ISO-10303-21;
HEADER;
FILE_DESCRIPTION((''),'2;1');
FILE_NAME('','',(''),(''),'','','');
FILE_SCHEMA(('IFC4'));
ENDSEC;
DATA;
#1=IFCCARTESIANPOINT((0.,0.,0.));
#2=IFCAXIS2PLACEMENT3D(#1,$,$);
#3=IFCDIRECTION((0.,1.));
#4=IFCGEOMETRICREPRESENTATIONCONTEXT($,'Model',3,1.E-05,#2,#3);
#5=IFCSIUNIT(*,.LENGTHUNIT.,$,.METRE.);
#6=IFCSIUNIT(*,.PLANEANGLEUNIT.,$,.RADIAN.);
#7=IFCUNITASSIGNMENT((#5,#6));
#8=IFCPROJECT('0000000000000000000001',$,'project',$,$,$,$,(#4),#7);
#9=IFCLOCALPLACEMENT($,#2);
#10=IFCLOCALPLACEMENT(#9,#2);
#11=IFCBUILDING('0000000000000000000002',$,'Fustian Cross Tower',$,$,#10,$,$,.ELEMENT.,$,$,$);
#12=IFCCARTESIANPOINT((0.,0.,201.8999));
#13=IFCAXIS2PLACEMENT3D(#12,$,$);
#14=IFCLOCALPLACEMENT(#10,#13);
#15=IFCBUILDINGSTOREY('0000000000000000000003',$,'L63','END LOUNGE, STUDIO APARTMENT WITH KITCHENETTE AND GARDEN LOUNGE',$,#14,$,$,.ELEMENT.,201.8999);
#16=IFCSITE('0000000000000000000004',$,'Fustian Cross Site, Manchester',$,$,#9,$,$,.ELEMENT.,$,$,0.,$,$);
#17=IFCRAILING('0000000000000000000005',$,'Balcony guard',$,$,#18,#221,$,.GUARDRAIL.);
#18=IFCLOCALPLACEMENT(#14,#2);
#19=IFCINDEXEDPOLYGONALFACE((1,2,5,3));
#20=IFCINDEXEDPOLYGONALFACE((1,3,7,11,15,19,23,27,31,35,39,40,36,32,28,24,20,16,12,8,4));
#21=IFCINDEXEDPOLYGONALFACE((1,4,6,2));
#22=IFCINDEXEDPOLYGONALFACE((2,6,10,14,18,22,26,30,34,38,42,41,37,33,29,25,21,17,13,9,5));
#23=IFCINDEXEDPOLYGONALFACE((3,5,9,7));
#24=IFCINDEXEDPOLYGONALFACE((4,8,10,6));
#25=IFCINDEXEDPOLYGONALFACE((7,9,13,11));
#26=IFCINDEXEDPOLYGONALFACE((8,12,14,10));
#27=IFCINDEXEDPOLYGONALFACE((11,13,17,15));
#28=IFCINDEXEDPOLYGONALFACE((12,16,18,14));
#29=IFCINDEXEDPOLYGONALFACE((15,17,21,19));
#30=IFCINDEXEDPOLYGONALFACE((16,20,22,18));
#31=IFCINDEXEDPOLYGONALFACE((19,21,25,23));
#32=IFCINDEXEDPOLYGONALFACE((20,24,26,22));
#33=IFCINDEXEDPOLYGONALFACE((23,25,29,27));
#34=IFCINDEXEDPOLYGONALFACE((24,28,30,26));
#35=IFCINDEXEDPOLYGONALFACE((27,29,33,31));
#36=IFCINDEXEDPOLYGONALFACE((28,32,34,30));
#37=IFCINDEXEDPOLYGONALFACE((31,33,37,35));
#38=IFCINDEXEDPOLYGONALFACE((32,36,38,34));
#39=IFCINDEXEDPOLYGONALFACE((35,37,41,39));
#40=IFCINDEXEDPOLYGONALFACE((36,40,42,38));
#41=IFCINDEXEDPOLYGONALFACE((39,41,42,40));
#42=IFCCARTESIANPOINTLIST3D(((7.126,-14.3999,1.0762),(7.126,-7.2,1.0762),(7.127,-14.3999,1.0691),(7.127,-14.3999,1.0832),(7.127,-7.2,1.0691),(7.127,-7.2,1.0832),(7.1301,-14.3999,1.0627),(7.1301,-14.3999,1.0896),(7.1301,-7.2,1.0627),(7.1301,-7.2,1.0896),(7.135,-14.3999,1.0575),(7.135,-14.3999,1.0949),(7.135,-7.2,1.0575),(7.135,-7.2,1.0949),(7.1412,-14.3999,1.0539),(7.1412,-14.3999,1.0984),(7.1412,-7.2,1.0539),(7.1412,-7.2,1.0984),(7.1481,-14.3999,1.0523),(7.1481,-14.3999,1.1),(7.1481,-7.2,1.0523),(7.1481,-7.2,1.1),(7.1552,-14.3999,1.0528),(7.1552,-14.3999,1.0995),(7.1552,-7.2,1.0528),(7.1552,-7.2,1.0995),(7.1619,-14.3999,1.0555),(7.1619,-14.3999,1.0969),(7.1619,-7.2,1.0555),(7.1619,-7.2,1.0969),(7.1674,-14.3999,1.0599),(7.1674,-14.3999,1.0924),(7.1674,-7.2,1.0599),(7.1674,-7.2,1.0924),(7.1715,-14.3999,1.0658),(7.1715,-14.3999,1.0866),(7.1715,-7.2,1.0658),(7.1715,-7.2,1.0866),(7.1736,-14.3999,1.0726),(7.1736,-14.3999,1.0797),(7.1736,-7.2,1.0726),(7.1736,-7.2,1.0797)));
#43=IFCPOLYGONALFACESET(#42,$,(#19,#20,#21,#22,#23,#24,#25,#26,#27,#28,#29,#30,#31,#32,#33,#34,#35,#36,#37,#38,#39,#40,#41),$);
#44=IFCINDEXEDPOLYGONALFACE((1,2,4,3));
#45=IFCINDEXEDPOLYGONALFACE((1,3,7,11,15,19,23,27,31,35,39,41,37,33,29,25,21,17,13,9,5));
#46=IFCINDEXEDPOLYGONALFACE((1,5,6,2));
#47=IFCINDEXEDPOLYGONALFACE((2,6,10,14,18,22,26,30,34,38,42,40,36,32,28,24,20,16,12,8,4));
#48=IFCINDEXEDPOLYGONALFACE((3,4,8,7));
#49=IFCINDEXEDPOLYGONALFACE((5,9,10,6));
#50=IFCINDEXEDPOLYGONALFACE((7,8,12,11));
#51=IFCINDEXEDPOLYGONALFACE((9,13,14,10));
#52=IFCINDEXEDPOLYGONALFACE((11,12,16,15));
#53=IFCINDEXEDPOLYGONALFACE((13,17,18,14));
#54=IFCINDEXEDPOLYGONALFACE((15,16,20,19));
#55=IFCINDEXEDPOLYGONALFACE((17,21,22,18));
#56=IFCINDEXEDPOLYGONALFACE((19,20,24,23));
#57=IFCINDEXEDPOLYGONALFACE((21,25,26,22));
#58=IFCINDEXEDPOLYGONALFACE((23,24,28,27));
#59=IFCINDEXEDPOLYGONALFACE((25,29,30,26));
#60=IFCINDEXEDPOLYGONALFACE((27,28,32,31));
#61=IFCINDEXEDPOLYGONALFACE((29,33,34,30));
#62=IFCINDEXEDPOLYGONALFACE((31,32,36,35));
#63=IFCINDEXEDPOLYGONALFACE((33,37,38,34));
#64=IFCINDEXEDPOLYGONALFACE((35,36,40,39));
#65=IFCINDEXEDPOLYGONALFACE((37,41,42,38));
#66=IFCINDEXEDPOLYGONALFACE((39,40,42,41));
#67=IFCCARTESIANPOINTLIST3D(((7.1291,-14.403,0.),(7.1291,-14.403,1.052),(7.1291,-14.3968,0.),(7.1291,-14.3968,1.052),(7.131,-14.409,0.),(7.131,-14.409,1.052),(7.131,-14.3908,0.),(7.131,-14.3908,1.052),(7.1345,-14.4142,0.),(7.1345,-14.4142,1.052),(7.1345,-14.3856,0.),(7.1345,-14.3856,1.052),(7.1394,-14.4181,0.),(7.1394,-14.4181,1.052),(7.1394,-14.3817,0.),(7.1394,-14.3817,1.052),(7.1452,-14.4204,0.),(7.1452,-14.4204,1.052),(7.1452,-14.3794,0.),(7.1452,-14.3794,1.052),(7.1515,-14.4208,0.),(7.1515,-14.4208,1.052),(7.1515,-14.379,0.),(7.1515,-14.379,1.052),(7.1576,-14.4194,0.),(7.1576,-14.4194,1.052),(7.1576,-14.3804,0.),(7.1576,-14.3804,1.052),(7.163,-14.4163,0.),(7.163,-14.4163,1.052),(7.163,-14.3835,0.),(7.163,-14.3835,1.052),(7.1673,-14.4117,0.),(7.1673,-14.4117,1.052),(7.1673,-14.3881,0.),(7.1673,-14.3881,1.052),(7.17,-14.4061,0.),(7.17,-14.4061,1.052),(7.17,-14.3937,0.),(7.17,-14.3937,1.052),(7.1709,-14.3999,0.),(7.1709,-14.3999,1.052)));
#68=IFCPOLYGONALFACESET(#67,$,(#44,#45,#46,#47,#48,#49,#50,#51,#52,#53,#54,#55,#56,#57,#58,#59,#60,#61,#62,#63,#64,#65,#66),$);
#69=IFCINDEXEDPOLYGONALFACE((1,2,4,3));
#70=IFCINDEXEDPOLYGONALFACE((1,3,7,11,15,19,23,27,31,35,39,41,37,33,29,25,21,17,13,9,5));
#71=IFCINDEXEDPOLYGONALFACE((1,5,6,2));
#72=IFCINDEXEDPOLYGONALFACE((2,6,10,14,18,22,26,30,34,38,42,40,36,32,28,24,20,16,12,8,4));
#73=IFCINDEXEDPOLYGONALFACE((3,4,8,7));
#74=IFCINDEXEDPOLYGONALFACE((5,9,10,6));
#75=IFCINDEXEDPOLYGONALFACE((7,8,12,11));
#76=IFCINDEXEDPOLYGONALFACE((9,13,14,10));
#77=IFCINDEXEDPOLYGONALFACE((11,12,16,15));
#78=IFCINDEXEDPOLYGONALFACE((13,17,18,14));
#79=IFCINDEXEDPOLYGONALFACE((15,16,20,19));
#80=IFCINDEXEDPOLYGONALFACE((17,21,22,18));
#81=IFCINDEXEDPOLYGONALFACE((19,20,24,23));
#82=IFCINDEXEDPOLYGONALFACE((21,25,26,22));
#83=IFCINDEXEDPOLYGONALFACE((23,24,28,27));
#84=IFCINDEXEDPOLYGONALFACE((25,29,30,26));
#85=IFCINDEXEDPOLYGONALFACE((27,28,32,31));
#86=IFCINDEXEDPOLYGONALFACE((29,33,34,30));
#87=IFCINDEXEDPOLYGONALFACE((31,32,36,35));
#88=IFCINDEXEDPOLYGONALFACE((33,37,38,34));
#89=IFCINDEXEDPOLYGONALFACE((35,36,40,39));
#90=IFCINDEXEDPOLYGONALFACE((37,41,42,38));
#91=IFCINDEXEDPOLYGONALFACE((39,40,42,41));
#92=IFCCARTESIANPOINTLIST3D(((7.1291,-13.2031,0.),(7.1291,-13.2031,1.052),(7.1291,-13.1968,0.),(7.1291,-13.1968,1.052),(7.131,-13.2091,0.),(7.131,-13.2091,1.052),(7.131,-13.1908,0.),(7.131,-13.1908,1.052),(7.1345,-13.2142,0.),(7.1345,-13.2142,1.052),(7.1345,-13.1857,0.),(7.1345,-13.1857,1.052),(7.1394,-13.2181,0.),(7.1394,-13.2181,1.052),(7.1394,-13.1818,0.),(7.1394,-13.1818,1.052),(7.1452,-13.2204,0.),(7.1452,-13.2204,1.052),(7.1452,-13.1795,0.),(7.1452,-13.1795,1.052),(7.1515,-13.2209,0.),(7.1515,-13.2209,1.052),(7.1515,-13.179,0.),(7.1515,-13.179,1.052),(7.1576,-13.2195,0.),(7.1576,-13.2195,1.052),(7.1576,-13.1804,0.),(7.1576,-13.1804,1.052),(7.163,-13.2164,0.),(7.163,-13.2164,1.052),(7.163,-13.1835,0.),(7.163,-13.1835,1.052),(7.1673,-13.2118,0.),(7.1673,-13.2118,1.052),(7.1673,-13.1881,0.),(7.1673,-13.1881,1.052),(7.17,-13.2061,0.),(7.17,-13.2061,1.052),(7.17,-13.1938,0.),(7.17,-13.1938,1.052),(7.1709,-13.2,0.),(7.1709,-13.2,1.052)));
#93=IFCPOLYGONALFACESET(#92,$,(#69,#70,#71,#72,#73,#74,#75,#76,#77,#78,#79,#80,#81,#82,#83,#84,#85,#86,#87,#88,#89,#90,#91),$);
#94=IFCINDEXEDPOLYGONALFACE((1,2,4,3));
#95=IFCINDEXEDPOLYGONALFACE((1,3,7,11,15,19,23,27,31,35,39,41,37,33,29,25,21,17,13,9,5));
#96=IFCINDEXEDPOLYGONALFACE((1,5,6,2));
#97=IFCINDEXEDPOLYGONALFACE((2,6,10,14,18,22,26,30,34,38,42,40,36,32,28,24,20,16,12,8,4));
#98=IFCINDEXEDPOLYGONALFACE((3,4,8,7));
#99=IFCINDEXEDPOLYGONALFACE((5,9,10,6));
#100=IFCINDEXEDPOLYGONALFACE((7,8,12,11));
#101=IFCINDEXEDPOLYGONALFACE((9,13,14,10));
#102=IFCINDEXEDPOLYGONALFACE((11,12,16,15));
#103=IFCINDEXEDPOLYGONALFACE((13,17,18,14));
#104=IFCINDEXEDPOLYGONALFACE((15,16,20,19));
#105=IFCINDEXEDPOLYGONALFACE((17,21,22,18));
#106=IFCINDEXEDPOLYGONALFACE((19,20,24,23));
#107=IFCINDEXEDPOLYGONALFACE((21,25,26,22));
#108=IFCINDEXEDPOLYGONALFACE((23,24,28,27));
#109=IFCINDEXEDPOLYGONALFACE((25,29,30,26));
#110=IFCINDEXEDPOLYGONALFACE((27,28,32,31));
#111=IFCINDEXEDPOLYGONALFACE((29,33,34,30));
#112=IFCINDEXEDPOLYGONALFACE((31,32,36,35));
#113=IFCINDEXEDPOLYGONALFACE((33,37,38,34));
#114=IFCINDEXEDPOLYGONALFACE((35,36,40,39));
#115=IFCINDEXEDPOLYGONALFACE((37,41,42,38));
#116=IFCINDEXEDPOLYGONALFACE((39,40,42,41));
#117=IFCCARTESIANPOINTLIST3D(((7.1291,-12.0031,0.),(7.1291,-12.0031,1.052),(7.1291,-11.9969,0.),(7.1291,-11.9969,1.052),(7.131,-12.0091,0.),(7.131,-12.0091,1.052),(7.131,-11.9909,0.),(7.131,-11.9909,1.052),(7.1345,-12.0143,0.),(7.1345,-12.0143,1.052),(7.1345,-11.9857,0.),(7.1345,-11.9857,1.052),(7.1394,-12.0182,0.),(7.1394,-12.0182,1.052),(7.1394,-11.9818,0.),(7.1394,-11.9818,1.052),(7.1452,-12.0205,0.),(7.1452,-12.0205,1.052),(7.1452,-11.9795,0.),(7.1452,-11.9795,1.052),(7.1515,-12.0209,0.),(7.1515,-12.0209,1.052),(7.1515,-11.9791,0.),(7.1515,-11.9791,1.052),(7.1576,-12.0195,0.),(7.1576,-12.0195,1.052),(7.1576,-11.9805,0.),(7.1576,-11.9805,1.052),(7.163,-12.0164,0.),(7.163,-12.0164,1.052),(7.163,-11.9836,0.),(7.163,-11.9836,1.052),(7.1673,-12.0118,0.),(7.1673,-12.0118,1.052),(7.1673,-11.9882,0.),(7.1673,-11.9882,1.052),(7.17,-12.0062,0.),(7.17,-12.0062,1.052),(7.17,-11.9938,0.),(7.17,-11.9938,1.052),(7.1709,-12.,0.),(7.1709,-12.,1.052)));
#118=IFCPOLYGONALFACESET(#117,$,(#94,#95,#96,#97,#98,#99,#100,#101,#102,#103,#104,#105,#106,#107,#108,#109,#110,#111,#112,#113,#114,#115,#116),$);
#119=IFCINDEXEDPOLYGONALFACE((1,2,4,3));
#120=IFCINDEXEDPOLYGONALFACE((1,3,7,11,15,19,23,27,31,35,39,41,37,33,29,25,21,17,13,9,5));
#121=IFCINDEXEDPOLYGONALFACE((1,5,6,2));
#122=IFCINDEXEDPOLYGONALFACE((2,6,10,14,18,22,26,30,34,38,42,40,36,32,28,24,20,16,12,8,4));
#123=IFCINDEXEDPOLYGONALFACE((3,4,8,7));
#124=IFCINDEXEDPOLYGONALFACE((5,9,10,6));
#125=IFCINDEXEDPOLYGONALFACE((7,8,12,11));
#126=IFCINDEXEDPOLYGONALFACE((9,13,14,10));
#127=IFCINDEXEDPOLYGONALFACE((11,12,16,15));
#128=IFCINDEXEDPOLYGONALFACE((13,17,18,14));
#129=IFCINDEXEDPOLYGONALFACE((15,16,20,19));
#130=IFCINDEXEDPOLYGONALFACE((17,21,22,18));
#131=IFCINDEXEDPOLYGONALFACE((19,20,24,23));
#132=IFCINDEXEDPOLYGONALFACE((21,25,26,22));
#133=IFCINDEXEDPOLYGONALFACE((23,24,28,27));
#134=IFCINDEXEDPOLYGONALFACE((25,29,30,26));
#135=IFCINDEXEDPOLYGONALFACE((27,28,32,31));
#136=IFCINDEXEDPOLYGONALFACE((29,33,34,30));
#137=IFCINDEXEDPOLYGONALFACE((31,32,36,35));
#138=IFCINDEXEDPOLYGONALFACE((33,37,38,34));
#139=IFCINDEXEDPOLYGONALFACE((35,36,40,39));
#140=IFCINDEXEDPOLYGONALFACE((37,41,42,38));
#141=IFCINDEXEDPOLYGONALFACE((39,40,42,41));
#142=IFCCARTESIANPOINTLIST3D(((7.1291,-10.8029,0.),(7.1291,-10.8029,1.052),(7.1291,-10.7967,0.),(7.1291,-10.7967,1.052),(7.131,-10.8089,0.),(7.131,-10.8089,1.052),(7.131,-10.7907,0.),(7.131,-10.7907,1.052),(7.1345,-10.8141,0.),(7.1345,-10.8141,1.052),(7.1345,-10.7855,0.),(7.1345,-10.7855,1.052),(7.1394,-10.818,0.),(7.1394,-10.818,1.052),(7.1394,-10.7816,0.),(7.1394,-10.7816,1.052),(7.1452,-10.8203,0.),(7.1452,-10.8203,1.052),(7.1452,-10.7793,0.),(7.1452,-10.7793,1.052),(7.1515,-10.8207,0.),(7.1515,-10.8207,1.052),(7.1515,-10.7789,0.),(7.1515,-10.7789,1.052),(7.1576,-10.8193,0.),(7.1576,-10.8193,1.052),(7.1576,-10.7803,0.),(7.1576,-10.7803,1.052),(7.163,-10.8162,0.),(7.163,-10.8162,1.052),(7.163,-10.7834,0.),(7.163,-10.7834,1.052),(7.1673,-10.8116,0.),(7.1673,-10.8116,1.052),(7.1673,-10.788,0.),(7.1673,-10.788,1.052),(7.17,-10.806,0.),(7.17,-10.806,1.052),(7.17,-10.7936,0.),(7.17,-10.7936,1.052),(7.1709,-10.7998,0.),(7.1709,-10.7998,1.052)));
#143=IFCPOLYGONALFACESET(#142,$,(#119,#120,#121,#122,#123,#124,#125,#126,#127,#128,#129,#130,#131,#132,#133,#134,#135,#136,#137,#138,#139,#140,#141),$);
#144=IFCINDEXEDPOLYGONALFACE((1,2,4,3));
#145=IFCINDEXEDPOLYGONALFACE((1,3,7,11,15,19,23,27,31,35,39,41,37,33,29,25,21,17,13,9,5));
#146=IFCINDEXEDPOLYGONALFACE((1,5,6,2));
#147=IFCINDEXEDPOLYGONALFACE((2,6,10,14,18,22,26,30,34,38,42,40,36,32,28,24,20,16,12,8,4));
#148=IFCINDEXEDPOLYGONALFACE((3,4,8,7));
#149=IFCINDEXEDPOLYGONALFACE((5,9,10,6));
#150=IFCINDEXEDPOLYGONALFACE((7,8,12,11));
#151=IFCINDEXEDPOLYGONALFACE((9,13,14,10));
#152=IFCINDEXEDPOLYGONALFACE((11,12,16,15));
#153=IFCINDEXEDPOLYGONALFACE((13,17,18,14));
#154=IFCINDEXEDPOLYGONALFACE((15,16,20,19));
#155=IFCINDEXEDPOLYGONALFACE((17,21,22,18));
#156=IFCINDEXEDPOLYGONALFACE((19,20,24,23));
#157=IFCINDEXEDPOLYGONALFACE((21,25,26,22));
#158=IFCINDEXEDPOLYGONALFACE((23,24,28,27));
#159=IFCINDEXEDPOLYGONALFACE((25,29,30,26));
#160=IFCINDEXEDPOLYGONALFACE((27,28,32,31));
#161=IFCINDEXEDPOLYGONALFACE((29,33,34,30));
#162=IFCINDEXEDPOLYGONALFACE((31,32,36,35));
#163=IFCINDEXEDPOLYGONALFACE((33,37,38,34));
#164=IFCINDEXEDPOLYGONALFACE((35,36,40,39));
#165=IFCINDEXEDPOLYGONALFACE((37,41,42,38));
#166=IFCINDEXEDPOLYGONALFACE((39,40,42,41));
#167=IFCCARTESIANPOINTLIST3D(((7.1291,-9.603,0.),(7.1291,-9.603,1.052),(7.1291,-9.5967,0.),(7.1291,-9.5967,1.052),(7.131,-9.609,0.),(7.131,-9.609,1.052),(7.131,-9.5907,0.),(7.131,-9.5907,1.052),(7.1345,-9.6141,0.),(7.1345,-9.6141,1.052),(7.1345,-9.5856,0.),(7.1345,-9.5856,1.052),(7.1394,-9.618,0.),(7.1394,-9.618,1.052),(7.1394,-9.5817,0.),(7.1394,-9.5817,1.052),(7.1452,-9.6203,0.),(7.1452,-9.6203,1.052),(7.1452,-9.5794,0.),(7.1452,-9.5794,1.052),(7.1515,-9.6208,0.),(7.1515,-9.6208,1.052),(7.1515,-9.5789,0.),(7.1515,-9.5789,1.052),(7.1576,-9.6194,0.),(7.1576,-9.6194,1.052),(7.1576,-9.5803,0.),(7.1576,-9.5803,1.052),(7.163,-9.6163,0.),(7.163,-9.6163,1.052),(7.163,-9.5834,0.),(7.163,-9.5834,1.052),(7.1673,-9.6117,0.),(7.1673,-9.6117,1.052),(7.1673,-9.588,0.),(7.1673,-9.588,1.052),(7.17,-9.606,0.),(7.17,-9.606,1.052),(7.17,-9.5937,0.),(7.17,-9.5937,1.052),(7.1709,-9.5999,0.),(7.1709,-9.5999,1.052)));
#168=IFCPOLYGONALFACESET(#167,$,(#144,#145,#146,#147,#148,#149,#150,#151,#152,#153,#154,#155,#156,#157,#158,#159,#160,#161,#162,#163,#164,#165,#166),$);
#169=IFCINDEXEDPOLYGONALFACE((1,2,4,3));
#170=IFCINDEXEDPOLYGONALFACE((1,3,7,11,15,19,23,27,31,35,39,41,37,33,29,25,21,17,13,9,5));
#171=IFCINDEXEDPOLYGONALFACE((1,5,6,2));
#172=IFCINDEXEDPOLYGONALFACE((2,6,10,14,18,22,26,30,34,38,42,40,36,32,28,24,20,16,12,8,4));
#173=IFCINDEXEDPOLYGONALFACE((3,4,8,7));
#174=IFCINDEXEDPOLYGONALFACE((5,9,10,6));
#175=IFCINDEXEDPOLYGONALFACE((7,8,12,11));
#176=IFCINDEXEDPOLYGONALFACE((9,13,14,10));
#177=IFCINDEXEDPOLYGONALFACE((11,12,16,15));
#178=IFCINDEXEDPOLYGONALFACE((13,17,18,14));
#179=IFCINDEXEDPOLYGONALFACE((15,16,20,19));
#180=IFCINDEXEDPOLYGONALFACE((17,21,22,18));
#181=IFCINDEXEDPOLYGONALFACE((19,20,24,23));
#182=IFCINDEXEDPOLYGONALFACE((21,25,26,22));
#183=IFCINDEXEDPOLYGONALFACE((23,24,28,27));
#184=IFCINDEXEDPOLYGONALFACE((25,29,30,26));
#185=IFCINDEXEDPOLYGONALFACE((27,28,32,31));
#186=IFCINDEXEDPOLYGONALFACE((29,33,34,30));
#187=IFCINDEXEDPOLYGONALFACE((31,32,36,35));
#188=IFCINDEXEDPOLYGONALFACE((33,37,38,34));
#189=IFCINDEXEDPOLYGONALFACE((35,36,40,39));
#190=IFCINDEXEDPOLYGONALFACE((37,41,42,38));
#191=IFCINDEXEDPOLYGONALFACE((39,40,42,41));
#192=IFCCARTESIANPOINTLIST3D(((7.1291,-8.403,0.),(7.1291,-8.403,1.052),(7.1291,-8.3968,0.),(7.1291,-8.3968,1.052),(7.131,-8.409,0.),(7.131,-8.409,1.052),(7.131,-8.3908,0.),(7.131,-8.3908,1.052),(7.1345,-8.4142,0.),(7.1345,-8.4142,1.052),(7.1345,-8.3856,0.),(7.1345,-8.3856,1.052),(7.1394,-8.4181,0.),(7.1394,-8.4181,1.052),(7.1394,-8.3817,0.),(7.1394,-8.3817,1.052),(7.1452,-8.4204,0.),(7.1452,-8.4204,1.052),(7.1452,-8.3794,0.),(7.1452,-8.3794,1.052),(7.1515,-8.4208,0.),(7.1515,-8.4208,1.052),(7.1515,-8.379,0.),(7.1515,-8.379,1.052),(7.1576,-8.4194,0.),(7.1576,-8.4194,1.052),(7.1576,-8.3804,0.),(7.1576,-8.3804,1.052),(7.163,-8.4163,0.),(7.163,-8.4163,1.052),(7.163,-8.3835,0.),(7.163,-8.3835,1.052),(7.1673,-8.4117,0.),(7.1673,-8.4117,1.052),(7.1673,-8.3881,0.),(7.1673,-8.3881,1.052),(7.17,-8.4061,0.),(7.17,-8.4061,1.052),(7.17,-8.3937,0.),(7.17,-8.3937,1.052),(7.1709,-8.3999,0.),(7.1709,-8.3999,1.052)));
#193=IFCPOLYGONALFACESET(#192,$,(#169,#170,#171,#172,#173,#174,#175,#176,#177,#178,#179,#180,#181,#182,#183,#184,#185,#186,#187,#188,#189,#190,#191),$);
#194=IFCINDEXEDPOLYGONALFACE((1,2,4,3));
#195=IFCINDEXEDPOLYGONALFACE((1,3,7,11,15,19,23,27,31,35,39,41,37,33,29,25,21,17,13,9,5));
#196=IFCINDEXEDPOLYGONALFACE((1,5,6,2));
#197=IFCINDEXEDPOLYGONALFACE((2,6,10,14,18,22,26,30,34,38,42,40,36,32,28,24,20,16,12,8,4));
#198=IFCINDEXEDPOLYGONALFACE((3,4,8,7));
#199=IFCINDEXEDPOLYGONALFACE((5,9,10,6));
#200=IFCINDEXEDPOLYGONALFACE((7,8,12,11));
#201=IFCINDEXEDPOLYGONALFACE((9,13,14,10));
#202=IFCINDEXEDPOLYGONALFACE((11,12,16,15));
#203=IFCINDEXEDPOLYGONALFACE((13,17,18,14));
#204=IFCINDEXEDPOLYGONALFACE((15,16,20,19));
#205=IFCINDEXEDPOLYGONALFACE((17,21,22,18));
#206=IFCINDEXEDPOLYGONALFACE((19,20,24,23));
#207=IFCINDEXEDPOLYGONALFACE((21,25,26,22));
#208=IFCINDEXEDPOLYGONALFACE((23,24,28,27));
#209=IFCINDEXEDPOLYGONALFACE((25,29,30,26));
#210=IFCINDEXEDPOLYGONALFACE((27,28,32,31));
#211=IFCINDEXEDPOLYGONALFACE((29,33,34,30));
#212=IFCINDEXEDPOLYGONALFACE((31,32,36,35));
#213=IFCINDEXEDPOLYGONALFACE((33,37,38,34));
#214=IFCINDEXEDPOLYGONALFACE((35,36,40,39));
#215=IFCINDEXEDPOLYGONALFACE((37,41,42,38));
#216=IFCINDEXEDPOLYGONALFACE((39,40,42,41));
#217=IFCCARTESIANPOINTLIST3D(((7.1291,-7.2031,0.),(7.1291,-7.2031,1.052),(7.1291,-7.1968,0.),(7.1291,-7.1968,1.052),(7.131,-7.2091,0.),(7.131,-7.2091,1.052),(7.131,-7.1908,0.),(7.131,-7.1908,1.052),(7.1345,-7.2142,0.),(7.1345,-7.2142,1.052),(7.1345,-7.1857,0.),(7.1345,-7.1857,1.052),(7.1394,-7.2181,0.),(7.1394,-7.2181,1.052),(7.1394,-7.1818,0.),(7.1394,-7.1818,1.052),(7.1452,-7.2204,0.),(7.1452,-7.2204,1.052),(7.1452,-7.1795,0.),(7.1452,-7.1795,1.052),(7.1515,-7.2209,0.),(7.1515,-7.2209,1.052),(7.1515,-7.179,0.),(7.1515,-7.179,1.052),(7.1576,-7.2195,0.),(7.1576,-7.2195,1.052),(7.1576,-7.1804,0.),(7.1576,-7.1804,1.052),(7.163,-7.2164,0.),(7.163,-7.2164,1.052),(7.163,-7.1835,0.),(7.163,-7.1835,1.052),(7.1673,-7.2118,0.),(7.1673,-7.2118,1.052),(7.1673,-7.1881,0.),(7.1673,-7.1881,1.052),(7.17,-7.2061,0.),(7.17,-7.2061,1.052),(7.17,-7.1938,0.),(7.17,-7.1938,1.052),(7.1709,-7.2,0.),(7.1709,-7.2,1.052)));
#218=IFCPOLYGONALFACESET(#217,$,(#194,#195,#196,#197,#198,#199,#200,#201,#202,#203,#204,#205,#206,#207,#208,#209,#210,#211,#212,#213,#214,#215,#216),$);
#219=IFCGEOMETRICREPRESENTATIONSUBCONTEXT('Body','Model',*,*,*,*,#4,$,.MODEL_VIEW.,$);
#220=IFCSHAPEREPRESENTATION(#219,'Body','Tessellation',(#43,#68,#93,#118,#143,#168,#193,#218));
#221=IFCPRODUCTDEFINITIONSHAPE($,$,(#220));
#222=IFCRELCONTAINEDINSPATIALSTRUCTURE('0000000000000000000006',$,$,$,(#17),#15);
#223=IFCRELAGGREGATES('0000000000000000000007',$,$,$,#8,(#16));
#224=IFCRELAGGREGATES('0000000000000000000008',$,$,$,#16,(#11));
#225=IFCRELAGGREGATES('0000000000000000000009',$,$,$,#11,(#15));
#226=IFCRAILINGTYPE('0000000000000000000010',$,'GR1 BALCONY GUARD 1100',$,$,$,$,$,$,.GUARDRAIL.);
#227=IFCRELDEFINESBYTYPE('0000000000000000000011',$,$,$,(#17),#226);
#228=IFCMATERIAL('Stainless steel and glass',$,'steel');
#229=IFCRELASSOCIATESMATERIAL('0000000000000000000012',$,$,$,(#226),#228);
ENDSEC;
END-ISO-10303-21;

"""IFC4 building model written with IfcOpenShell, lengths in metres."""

from ifc_helpers import new_model, si_unit, direction, frame, origin, origin_2d, place, context, subcontext, project, spatial, circle, extrude, material, type_object, element, save


model = new_model("IFC4")

# Units and contexts
model_context = context("Model", 3, precision=1e-05, world=origin(), true_north=direction((0.0, 1.0)))
body_context = subcontext(model_context, "Body", "Model", "MODEL_VIEW")
ifc_project = project(units=[si_unit("LENGTHUNIT", "METRE"), si_unit("PLANEANGLEUNIT", "RADIAN")], contexts=[model_context])

# Site, building, storey
site_placement = place(None, origin())
site = spatial("IfcSite", under=ifc_project, at=site_placement, Name="Fustian Cross Site, Manchester", CompositionType="ELEMENT", RefElevation=0.0)
building_placement = place(site_placement, origin())
building = spatial("IfcBuilding", under=site, at=building_placement, Name="Fustian Cross Tower", CompositionType="ELEMENT")
storey_placement = place(building_placement, frame((0.0, 0.0, 201.8999)))
storey = spatial("IfcBuildingStorey", under=building, at=storey_placement, Name="L63", Description="END LOUNGE, STUDIO APARTMENT WITH KITCHENETTE AND GARDEN LOUNGE", CompositionType="ELEMENT", Elevation=201.8999)

# Railing
ifc_material_1 = material(Name="Stainless steel and glass", Category="steel")
railing_type_1 = type_object("IfcRailingType", Name="GR1 BALCONY GUARD 1100", PredefinedType="GUARDRAIL", material=ifc_material_1)
railing_1_placement = place(storey_placement, frame((7.1499, -14.3999, 0.0)))
element("IfcRailing", 1, at=railing_1_placement, inside=storey, type_object=railing_type_1, Name="Balcony guard", PredefinedType="GUARDRAIL", context=body_context, shape_type="SweptSolid", body=[
    extrude(circle(Radius=0.0239, at=origin_2d()), frame((0.0, 0.0, 1.0762), z_axis=(0.0, 1.0, 0.0), x_axis=(-1.0, 0.0, 0.0)), (0.0, 0.0, 1.0), 7.2),
    extrude(circle(Radius=0.021, at=origin_2d()), origin(), (0.0, 0.0, 1.0), 1.052),
    extrude(circle(Radius=0.021, at=origin_2d()), frame((0.0, 1.2, 0.0)), (0.0, 0.0, 1.0), 1.052),
    extrude(circle(Radius=0.021, at=origin_2d()), frame((0.0, 2.3999, 0.0)), (0.0, 0.0, 1.0), 1.052),
    extrude(circle(Radius=0.021, at=origin_2d()), frame((0.0, 3.6001, 0.0)), (0.0, 0.0, 1.0), 1.052),
    extrude(circle(Radius=0.021, at=origin_2d()), frame((0.0, 4.8, 0.0)), (0.0, 0.0, 1.0), 1.052),
    extrude(circle(Radius=0.021, at=origin_2d()), frame((0.0, 6.0, 0.0)), (0.0, 0.0, 1.0), 1.052),
    extrude(circle(Radius=0.021, at=origin_2d()), frame((0.0, 7.2, 0.0)), (0.0, 0.0, 1.0), 1.052),
])

save(model, "model.ifc")
